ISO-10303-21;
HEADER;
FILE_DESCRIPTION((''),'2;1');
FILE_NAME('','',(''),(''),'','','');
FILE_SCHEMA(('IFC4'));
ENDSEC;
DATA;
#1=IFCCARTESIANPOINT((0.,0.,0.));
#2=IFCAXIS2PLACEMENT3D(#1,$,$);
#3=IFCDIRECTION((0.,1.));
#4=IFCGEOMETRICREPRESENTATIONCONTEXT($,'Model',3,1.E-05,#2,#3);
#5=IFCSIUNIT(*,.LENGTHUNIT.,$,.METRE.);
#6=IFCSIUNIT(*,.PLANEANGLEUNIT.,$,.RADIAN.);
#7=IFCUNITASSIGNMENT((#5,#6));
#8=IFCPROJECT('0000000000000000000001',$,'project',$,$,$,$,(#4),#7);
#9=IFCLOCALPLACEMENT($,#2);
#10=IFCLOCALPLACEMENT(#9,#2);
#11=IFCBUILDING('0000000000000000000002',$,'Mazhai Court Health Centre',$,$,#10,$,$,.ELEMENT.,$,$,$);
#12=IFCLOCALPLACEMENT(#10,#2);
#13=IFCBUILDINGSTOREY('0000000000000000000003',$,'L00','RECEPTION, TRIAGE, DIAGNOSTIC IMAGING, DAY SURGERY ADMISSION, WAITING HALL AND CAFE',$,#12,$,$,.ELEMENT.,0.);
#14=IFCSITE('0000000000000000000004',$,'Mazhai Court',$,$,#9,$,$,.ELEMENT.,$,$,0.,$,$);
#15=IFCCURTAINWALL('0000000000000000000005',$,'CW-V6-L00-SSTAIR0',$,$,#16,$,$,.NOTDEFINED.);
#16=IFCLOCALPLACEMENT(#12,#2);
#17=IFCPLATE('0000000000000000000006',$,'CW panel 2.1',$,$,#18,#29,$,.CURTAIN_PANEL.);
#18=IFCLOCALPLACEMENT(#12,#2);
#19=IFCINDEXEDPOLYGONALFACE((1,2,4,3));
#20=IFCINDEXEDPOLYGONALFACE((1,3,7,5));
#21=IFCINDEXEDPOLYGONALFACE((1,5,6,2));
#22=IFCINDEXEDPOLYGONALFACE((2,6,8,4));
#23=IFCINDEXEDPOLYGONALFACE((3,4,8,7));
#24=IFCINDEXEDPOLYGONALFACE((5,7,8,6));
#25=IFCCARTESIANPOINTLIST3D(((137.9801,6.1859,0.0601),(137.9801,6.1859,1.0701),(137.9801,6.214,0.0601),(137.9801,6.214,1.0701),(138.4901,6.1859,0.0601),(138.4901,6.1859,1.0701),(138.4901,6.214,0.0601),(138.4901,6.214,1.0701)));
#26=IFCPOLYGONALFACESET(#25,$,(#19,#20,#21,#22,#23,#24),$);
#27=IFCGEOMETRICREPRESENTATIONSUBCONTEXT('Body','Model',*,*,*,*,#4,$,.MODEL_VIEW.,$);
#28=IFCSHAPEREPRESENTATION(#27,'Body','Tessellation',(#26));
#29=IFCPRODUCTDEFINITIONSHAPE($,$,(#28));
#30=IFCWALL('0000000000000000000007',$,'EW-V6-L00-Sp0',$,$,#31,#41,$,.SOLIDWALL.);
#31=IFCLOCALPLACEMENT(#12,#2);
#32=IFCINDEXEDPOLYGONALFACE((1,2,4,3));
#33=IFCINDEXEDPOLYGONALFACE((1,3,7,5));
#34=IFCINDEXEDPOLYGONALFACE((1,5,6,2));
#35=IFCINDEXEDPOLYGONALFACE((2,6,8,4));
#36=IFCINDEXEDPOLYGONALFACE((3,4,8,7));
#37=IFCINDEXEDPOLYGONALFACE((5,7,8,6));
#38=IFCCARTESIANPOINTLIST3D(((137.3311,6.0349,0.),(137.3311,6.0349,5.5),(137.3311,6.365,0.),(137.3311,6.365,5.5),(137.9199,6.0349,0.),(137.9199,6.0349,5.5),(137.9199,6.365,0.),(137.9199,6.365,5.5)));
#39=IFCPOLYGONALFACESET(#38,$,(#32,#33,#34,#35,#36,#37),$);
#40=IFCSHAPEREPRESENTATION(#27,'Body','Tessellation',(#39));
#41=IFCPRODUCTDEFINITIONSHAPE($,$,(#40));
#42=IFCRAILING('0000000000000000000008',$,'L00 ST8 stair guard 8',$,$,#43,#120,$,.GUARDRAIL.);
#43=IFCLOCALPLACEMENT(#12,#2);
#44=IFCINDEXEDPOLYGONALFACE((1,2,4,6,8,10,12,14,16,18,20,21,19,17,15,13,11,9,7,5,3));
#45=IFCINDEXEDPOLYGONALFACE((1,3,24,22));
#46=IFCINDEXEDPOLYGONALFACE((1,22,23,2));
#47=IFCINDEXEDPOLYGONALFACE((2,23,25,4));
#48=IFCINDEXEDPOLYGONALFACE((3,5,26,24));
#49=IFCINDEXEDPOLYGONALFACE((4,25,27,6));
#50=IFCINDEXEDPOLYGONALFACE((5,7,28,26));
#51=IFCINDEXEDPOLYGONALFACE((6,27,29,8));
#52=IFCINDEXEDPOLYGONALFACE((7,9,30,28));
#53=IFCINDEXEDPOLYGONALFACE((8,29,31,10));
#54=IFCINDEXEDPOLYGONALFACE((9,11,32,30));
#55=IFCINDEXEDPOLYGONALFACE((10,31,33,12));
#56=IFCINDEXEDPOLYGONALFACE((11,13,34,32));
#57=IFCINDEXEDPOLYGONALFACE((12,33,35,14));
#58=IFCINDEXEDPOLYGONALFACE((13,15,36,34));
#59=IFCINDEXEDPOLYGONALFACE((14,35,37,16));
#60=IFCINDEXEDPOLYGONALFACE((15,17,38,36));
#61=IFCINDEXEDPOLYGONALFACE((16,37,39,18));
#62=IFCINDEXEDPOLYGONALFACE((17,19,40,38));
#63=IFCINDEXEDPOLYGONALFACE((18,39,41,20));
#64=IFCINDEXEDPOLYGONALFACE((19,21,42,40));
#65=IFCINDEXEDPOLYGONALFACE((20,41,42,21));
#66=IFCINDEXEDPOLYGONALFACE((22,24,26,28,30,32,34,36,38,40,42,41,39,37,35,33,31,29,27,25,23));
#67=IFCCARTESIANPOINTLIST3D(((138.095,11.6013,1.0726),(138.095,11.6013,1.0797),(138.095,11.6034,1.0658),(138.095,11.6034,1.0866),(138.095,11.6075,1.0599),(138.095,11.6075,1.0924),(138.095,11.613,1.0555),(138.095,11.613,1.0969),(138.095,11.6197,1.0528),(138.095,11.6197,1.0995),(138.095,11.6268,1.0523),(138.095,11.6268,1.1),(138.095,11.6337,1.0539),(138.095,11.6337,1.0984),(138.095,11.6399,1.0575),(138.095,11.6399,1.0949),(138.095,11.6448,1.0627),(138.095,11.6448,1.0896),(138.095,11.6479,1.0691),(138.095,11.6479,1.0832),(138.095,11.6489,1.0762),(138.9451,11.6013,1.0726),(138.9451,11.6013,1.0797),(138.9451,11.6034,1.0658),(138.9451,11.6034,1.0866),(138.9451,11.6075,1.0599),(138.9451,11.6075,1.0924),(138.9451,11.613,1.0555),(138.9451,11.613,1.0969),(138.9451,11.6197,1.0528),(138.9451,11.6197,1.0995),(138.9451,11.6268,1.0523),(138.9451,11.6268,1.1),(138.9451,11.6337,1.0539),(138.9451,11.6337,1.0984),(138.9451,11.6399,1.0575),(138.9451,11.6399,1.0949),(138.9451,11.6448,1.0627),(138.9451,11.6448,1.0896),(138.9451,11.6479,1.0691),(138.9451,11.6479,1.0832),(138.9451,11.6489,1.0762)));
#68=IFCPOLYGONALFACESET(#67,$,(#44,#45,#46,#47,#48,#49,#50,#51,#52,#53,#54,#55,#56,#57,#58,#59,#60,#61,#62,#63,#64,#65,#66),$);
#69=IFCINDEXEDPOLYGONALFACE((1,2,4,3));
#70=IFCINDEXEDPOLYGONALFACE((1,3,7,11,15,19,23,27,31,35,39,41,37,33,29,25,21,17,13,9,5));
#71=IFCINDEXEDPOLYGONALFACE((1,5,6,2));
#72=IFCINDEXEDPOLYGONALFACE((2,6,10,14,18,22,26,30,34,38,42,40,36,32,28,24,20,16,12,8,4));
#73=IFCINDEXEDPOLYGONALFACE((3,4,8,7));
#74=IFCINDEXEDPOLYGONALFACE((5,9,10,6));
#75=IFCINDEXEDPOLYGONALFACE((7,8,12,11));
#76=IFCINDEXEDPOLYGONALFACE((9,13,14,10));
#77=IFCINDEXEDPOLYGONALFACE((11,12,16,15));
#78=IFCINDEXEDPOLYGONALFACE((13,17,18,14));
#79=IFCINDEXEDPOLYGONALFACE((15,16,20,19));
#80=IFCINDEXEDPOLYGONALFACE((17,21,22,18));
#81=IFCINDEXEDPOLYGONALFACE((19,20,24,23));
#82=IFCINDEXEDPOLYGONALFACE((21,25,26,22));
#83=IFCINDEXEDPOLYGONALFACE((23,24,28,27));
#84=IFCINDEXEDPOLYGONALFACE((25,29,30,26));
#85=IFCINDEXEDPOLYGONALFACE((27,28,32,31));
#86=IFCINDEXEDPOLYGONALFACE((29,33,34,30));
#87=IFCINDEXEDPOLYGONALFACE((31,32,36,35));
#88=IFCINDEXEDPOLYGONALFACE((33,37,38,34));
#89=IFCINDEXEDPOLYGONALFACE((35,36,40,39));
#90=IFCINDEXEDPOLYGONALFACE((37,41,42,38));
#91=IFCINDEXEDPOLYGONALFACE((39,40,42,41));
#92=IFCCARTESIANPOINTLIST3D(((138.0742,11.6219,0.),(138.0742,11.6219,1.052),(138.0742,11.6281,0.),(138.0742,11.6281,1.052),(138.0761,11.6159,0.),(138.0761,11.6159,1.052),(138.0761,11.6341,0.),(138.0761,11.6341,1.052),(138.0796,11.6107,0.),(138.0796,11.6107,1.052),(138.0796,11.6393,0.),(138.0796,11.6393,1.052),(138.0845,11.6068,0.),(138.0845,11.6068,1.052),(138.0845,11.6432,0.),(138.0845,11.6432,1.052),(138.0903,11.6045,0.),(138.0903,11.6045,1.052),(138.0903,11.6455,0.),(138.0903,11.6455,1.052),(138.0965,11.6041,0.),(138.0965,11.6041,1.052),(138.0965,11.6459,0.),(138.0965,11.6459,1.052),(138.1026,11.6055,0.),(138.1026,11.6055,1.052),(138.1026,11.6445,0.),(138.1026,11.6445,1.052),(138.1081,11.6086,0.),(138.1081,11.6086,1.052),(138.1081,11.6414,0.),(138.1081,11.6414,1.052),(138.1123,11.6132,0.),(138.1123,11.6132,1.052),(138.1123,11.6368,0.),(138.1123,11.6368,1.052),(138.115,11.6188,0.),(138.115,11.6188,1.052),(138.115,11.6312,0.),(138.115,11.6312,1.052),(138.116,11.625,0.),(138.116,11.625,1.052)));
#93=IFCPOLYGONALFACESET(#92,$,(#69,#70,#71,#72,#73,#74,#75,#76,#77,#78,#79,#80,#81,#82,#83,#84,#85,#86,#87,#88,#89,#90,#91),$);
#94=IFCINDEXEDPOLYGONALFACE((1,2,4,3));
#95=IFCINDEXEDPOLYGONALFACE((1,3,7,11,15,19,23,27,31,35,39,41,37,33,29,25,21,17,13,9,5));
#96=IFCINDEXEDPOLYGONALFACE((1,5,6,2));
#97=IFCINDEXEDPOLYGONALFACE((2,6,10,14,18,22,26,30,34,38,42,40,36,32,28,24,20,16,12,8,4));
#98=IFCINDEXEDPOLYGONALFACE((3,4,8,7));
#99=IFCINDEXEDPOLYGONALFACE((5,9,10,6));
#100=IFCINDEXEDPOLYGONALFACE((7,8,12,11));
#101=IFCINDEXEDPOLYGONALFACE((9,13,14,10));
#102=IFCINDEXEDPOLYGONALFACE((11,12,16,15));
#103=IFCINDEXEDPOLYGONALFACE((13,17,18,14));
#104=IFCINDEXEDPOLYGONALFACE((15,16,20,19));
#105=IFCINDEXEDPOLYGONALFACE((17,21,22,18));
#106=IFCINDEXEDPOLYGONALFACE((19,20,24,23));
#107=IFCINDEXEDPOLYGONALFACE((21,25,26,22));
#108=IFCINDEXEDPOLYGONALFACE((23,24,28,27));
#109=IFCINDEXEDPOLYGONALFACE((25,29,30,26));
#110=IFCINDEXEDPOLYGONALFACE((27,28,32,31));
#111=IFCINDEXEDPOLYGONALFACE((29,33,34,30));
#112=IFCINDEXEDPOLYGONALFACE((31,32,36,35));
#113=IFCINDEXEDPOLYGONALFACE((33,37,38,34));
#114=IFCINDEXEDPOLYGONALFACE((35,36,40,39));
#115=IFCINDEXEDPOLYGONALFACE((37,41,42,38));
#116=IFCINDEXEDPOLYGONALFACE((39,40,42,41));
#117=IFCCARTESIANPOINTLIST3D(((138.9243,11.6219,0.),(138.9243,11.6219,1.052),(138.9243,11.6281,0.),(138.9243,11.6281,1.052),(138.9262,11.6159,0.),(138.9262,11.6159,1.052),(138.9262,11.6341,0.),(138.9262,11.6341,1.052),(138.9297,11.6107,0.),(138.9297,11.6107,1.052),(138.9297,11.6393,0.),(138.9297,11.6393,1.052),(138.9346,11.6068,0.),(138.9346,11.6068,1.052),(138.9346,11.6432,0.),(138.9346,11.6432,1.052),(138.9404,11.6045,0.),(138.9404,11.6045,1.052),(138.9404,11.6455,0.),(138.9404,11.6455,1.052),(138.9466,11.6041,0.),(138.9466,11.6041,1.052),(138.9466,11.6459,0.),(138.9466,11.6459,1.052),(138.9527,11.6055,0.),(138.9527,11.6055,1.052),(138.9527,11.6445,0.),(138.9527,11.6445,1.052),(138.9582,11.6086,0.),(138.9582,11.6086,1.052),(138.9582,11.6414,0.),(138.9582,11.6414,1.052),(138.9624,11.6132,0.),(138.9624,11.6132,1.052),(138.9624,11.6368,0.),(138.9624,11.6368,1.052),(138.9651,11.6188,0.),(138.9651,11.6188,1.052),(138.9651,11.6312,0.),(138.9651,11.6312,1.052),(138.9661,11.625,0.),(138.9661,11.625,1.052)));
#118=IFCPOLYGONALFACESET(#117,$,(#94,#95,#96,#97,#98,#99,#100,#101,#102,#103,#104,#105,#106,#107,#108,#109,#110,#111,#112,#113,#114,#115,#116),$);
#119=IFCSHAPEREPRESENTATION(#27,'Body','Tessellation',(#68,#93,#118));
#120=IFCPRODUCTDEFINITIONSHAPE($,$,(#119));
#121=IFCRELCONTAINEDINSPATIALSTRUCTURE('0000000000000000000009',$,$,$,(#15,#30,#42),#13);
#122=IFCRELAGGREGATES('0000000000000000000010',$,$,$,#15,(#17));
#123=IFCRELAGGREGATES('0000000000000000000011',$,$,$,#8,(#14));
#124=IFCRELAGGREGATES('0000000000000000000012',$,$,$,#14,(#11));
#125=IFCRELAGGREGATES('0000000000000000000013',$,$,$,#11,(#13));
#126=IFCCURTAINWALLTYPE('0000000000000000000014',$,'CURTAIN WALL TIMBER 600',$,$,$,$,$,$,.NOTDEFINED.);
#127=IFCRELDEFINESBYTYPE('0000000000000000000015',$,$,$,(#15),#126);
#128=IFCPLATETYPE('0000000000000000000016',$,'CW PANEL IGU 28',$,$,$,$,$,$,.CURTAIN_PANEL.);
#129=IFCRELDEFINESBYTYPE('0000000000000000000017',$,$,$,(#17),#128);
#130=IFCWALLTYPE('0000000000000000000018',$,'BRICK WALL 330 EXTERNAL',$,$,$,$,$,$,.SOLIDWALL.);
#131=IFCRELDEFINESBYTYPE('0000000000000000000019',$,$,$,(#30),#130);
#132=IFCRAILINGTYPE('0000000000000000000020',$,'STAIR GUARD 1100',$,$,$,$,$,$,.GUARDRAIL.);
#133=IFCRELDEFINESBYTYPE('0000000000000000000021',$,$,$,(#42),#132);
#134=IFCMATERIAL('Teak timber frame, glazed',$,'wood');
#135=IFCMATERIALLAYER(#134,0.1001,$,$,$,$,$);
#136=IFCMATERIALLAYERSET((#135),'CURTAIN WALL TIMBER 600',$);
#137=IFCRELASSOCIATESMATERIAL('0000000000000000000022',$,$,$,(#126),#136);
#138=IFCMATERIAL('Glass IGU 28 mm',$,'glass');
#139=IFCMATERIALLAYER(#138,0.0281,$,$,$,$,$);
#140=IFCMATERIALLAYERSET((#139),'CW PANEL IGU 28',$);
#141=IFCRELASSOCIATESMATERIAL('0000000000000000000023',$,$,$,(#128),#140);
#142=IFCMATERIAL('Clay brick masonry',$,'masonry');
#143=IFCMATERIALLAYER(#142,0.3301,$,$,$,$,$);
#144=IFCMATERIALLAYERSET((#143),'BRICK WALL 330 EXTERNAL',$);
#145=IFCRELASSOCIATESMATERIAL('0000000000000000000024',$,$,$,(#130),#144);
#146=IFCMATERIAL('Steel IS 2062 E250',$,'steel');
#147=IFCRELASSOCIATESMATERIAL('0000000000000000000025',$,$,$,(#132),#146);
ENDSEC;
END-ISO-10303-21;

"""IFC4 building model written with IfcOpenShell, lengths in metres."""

from ifc_helpers import new_model, si_unit, direction, frame, frame_2d, origin, origin_2d, place, context, subcontext, project, spatial, rectangle, circle, extrude, material, layer, layer_set, type_object, element, aggregate, save


model = new_model("IFC4")

# Units and contexts
model_context = context("Model", 3, precision=1e-05, world=origin(), true_north=direction((0.0, 1.0)))
body_context = subcontext(model_context, "Body", "Model", "MODEL_VIEW")
ifc_project = project(units=[si_unit("LENGTHUNIT", "METRE"), si_unit("PLANEANGLEUNIT", "RADIAN")], contexts=[model_context])

# Site, building, storey
site_placement = place(None, origin())
site = spatial("IfcSite", under=ifc_project, at=site_placement, Name="Mazhai Court", CompositionType="ELEMENT", RefElevation=0.0)
building_placement = place(site_placement, origin())
building = spatial("IfcBuilding", under=site, at=building_placement, Name="Mazhai Court Health Centre", CompositionType="ELEMENT")
storey_placement = place(building_placement, origin())
storey = spatial("IfcBuildingStorey", under=building, at=storey_placement, Name="L00", Description="RECEPTION, TRIAGE, DIAGNOSTIC IMAGING, DAY SURGERY ADMISSION, WAITING HALL AND CAFE", CompositionType="ELEMENT", Elevation=0.0)

# Curtain wall, plate
ifc_material_1 = material(Name="Teak timber frame, glazed", Category="wood")
ifc_layer_1 = layer(ifc_material_1, 0.1001)
ifc_layer_set_1 = layer_set([ifc_layer_1], Name="CURTAIN WALL TIMBER 600")
curtain_wall_type = type_object("IfcCurtainWallType", Name="CURTAIN WALL TIMBER 600", PredefinedType="NOTDEFINED", material=ifc_layer_set_1)
curtain_wall_placement = place(storey_placement, origin())
curtain_wall = element("IfcCurtainWall", 1, at=curtain_wall_placement, inside=storey, type_object=curtain_wall_type, Name="CW-V6-L00-SSTAIR0", PredefinedType="NOTDEFINED")
ifc_material_2 = material(Name="Glass IGU 28 mm", Category="glass")
ifc_layer_2 = layer(ifc_material_2, 0.0281)
ifc_layer_set_2 = layer_set([ifc_layer_2], Name="CW PANEL IGU 28")
plate_type = type_object("IfcPlateType", Name="CW PANEL IGU 28", PredefinedType="CURTAIN_PANEL", material=ifc_layer_set_2)
plate_placement = place(storey_placement, frame((138.2351, 6.2, 0.0601), z_axis=(0.0, 0.0, 1.0), x_axis=(-1.0, 0.0, 0.0)))
plate = element("IfcPlate", 2, at=plate_placement, type_object=plate_type, Name="CW panel 2.1", PredefinedType="CURTAIN_PANEL", context=body_context, shape_type="SweptSolid", body=[
    extrude(rectangle(XDim=0.51, YDim=0.0281, at=origin_2d()), origin(), (0.0, 0.0, 1.0), 1.01),
])
aggregate(curtain_wall, [plate])

# Wall
ifc_material_3 = material(Name="Clay brick masonry", Category="masonry")
ifc_layer_3 = layer(ifc_material_3, 0.3301)
ifc_layer_set_3 = layer_set([ifc_layer_3], Name="BRICK WALL 330 EXTERNAL")
wall_type = type_object("IfcWallType", Name="BRICK WALL 330 EXTERNAL", PredefinedType="SOLIDWALL", material=ifc_layer_set_3)
wall_placement = place(storey_placement, frame((137.9199, 6.2, 0.0), z_axis=(0.0, 0.0, 1.0), x_axis=(-1.0, 0.0, 0.0)))
element("IfcWall", 3, at=wall_placement, inside=storey, type_object=wall_type, Name="EW-V6-L00-Sp0", PredefinedType="SOLIDWALL", context=body_context, shape_type="SweptSolid", body=[
    extrude(rectangle(XDim=0.5889, YDim=0.3301, at=frame_2d((0.2944, 0.0))), origin(), (0.0, 0.0, 1.0), 5.5),
])

# Railing
ifc_material_4 = material(Name="Steel IS 2062 E250", Category="steel")
railing_type = type_object("IfcRailingType", Name="STAIR GUARD 1100", PredefinedType="GUARDRAIL", material=ifc_material_4)
railing_placement = place(storey_placement, frame((138.095, 11.625, 0.0)))
element("IfcRailing", 4, at=railing_placement, inside=storey, type_object=railing_type, Name="L00 ST8 stair guard 8", PredefinedType="GUARDRAIL", context=body_context, shape_type="SweptSolid", body=[
    extrude(circle(Radius=0.0239, at=origin_2d()), frame((0.0, 0.0, 1.0762), z_axis=(1.0, 0.0, 0.0), x_axis=(0.0, 1.0, 0.0)), (0.0, 0.0, 1.0), 0.8501),
    extrude(circle(Radius=0.021, at=origin_2d()), origin(), (0.0, 0.0, 1.0), 1.052),
    extrude(circle(Radius=0.021, at=origin_2d()), frame((0.8501, 0.0, 0.0)), (0.0, 0.0, 1.0), 1.052),
])

save(model, "model.ifc")
